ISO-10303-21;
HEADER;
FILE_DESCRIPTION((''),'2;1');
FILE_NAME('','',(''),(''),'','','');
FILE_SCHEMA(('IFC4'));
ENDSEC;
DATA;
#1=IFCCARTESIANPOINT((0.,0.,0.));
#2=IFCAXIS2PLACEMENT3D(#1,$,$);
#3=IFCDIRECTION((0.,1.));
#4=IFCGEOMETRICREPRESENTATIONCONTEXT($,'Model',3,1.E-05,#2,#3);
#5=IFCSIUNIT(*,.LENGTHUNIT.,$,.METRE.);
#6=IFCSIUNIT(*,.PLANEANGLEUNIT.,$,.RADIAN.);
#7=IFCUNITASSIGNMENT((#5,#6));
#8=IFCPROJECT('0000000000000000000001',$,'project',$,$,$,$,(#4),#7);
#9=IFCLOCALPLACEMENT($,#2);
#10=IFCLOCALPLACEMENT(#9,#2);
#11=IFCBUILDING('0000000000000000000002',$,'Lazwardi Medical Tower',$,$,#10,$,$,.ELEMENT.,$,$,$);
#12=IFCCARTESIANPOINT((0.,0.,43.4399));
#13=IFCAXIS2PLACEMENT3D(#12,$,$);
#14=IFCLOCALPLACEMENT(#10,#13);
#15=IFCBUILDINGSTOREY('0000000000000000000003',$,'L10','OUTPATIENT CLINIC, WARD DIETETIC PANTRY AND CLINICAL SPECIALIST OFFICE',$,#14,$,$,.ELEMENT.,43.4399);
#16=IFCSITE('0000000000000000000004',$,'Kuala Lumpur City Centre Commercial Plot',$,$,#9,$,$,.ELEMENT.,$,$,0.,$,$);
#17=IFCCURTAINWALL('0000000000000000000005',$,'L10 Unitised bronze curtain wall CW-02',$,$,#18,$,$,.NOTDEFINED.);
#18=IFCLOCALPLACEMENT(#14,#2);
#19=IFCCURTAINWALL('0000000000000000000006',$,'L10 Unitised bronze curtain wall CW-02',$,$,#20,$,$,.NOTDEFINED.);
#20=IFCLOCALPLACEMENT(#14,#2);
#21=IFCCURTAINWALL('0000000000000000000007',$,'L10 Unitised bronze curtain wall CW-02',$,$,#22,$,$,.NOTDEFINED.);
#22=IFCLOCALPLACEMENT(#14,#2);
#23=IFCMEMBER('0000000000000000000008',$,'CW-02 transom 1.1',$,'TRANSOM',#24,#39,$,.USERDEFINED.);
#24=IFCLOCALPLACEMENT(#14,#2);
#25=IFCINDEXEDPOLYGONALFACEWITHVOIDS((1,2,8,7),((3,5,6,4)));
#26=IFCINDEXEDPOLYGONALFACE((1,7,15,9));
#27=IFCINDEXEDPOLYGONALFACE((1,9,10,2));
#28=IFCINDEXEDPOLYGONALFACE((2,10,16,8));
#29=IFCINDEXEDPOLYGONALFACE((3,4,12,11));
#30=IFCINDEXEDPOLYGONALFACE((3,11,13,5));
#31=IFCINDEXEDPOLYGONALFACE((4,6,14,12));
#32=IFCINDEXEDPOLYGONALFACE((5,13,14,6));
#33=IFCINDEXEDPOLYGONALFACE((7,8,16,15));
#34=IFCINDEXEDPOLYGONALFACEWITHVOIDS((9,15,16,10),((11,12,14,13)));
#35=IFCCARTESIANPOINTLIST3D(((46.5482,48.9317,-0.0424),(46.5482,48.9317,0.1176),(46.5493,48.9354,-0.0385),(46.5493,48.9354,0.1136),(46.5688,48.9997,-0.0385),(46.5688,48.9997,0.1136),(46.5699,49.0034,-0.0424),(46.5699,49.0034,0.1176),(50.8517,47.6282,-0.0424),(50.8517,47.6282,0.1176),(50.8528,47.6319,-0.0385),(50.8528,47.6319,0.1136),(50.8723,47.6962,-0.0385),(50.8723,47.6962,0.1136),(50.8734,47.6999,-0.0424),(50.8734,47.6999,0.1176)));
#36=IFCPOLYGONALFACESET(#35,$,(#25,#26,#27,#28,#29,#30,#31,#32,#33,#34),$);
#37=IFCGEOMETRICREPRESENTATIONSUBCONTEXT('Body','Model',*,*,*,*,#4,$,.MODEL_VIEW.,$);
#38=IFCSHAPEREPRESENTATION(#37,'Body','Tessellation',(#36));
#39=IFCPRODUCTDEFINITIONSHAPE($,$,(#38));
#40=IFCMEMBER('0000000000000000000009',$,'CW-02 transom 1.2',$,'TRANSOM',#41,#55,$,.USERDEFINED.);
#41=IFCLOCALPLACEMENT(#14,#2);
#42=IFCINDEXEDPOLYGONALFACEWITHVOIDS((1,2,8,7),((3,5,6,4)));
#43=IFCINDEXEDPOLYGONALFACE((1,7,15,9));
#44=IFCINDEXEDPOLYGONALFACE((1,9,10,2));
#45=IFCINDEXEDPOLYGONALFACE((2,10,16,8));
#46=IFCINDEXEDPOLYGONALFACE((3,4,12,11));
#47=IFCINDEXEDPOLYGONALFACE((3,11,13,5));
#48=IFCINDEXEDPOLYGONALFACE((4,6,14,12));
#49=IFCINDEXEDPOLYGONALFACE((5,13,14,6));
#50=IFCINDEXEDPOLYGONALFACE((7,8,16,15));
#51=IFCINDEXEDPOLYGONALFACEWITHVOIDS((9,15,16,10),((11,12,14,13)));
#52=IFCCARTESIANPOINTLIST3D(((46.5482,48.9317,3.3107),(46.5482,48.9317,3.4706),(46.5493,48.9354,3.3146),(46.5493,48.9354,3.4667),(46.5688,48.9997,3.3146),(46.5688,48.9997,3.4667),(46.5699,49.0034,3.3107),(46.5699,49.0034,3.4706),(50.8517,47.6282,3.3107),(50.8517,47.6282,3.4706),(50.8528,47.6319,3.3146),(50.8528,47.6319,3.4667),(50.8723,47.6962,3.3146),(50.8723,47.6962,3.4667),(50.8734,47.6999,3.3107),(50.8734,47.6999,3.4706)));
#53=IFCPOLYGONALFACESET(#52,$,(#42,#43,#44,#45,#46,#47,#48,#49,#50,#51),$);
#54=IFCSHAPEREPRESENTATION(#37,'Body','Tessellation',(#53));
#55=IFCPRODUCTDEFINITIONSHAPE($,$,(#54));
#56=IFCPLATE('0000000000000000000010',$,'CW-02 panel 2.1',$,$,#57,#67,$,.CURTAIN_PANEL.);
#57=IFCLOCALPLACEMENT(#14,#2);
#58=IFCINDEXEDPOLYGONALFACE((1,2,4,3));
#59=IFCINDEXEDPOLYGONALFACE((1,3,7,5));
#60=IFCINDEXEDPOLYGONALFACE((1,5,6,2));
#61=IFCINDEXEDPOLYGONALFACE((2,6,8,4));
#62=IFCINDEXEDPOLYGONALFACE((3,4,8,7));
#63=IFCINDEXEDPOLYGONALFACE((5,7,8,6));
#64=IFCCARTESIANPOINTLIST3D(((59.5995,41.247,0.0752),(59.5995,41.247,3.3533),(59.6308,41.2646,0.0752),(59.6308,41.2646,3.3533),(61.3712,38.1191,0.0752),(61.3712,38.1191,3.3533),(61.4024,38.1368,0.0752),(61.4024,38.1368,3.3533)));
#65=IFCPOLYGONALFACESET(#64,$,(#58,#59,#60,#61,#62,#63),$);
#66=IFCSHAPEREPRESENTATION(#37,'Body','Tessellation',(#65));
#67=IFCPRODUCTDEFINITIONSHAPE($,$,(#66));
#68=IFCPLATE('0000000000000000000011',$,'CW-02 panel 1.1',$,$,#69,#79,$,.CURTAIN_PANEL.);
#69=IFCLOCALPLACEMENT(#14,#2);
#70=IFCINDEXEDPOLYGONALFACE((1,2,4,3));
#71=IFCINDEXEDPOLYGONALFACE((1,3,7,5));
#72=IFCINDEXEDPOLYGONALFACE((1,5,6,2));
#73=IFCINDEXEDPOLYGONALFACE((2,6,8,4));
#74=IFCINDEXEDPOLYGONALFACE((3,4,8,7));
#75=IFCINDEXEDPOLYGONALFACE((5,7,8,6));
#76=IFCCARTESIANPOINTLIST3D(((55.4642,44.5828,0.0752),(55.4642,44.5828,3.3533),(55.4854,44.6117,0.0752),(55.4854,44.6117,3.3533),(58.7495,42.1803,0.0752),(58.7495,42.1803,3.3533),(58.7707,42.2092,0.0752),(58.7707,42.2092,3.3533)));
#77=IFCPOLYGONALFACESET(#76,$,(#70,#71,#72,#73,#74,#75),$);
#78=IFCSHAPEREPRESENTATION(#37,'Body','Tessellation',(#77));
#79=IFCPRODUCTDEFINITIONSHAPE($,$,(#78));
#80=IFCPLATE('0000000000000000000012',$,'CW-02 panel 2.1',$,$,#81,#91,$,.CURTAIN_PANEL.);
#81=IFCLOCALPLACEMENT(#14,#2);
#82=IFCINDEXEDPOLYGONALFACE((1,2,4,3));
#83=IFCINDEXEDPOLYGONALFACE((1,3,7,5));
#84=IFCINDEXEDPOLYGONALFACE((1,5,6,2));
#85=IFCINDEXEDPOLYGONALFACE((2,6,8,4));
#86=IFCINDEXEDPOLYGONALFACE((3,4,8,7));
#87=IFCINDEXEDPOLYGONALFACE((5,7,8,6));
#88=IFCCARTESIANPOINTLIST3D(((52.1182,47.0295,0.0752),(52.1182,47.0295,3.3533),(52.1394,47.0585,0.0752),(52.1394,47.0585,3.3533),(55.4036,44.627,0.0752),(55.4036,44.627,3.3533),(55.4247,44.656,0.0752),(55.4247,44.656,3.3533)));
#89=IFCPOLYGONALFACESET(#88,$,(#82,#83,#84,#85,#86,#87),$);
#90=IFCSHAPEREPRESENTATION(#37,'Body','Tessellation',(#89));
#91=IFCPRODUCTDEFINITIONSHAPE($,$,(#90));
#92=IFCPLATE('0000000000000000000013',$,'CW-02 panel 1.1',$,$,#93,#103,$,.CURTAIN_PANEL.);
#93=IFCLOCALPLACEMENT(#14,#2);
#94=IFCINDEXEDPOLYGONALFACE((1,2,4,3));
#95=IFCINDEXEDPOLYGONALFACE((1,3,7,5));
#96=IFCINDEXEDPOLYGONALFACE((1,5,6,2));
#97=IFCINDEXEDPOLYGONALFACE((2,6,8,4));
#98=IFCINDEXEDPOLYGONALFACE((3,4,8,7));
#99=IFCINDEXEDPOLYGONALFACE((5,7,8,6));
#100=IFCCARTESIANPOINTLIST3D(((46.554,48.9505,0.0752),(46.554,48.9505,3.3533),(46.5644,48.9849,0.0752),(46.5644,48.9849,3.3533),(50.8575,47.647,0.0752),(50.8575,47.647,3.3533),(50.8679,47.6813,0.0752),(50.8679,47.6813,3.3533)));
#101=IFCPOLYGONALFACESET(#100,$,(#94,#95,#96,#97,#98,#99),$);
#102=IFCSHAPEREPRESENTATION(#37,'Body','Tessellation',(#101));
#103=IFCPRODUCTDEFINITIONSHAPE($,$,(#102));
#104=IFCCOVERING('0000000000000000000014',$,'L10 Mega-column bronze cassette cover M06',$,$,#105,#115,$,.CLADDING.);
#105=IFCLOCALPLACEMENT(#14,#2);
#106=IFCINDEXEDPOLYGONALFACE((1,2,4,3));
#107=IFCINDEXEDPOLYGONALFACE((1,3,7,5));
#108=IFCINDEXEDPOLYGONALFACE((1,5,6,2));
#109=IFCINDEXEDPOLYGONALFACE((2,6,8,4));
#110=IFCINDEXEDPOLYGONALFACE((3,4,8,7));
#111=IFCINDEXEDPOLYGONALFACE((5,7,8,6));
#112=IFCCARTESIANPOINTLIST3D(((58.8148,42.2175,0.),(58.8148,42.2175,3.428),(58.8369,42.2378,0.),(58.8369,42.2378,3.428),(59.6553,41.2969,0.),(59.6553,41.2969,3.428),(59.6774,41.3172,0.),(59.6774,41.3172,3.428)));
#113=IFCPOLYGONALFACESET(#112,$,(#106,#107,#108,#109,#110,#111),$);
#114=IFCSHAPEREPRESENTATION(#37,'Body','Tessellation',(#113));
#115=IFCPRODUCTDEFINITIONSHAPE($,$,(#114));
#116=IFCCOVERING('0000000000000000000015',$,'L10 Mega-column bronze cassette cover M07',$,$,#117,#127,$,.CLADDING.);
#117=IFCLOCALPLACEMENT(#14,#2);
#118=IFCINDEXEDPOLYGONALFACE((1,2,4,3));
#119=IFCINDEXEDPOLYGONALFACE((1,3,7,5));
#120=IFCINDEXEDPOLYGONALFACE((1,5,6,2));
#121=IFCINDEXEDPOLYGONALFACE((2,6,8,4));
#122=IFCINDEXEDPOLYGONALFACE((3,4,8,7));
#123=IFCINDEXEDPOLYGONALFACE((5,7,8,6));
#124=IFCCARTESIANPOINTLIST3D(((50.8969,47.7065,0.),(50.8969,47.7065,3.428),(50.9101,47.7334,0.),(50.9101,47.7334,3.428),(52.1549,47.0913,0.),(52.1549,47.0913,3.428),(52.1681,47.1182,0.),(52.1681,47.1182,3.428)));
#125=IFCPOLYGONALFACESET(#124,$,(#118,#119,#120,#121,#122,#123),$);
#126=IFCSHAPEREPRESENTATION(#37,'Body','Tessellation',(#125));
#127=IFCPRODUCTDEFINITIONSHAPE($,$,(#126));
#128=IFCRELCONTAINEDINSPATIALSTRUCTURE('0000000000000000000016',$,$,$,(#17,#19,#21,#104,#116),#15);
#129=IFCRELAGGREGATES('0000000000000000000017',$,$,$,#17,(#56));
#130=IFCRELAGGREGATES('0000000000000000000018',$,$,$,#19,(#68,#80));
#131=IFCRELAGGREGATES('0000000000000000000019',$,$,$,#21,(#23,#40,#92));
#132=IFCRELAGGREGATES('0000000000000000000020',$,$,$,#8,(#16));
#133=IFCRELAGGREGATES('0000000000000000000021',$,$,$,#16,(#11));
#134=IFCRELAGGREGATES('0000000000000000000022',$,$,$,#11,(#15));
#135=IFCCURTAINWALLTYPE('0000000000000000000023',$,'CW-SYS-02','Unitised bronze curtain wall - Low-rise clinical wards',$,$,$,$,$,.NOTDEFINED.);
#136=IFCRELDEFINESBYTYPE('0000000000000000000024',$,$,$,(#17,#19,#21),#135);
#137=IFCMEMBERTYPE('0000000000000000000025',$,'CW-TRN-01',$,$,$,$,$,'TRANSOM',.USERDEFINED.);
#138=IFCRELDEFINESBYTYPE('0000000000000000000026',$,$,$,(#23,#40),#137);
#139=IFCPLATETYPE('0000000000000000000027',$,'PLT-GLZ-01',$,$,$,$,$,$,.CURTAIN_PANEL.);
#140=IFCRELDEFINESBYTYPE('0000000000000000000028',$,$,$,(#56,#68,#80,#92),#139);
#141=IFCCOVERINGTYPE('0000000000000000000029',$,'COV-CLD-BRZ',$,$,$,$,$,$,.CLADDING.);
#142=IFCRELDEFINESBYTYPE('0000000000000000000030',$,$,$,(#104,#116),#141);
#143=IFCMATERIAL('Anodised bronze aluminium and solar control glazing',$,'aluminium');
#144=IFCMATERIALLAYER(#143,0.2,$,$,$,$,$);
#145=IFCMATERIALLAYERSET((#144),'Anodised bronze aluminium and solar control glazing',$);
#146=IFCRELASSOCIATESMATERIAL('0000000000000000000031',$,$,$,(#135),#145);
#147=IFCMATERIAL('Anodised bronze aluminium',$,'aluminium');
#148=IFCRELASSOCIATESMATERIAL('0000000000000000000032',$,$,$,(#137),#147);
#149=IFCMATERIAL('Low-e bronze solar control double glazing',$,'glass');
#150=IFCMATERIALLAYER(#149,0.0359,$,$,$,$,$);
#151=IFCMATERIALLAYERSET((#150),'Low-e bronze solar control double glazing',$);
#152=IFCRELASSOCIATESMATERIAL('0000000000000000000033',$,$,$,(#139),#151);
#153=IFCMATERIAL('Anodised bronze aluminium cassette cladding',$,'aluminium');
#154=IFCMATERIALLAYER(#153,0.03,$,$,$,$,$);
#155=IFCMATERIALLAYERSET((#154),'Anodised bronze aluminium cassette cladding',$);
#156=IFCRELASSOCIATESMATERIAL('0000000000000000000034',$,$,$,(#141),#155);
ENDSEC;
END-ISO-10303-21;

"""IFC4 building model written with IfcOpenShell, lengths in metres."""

from ifc_helpers import new_model, si_unit, direction, frame, origin, origin_2d, place, context, subcontext, project, spatial, rectangle, hollow_rectangle, extrude, material, layer, layer_set, material_profile, profile_set, type_object, element, aggregate, save


model = new_model("IFC4")

# Units and contexts
model_context = context("Model", 3, precision=1e-05, world=origin(), true_north=direction((0.0, 1.0)))
body_context = subcontext(model_context, "Body", "Model", "MODEL_VIEW")
ifc_project = project(units=[si_unit("LENGTHUNIT", "METRE"), si_unit("PLANEANGLEUNIT", "RADIAN")], contexts=[model_context])

# Site, building, storey
site_placement = place(None, origin())
site = spatial("IfcSite", under=ifc_project, at=site_placement, Name="Kuala Lumpur City Centre Commercial Plot", CompositionType="ELEMENT", RefElevation=0.0)
building_placement = place(site_placement, origin())
building = spatial("IfcBuilding", under=site, at=building_placement, Name="Lazwardi Medical Tower", CompositionType="ELEMENT")
storey_placement = place(building_placement, frame((0.0, 0.0, 43.4399)))
storey = spatial("IfcBuildingStorey", under=building, at=storey_placement, Name="L10", Description="OUTPATIENT CLINIC, WARD DIETETIC PANTRY AND CLINICAL SPECIALIST OFFICE", CompositionType="ELEMENT", Elevation=43.4399)

# Curtain wall
ifc_material_1 = material(Name="Anodised bronze aluminium and solar control glazing", Category="aluminium")
ifc_layer_1 = layer(ifc_material_1, 0.2)
ifc_layer_set_1 = layer_set([ifc_layer_1], Name="Anodised bronze aluminium and solar control glazing")
curtain_wall_type = type_object("IfcCurtainWallType", Name="CW-SYS-02", Description="Unitised bronze curtain wall - Low-rise clinical wards", PredefinedType="NOTDEFINED", material=ifc_layer_set_1)
curtain_wall_1_placement = place(storey_placement, origin())
curtain_wall_1 = element("IfcCurtainWall", 1, at=curtain_wall_1_placement, inside=storey, type_object=curtain_wall_type, Name="L10 Unitised bronze curtain wall CW-02", PredefinedType="NOTDEFINED")
ifc_material_2 = material(Name="Anodised bronze aluminium", Category="aluminium")

# Curtain wall
curtain_wall_2_placement = place(storey_placement, origin())
curtain_wall_2 = element("IfcCurtainWall", 2, at=curtain_wall_2_placement, inside=storey, type_object=curtain_wall_type, Name="L10 Unitised bronze curtain wall CW-02", PredefinedType="NOTDEFINED")

# Curtain wall
curtain_wall_3_placement = place(storey_placement, origin())
curtain_wall_3 = element("IfcCurtainWall", 3, at=curtain_wall_3_placement, inside=storey, type_object=curtain_wall_type, Name="L10 Unitised bronze curtain wall CW-02", PredefinedType="NOTDEFINED")

# Members
ifc_material_profile_1 = material_profile(ifc_material_2, hollow_rectangle(XDim=0.075, YDim=0.1599, WallThickness=0.0039, at=origin_2d()), Name="ALU-TRANSOM 160x75x4")
ifc_profile_set_1 = profile_set([ifc_material_profile_1], Name="Anodised bronze aluminium")
member_type_1 = type_object("IfcMemberType", Name="CW-TRN-01", ElementType="TRANSOM", PredefinedType="USERDEFINED", material=ifc_profile_set_1)
member_1_placement = place(storey_placement, frame((50.8625, 47.6641, 0.0376), z_axis=(-0.957062, 0.289882, 0.0), x_axis=(-0.289882, -0.957062, 0.0)))
member_1 = element("IfcMember", 4, at=member_1_placement, type_object=member_type_1, Name="CW-02 transom 1.1", ObjectType="TRANSOM", PredefinedType="USERDEFINED", context=body_context, shape_type="SweptSolid", body=[
    extrude(hollow_rectangle(XDim=0.075, YDim=0.1599, WallThickness=0.0039, at=origin_2d()), origin(), (0.0, 0.0, 1.0), 4.4966),
])
member_2_placement = place(storey_placement, frame((50.8625, 47.6641, 3.3906), z_axis=(-0.957062, 0.289882, 0.0), x_axis=(-0.289882, -0.957062, 0.0)))
member_2 = element("IfcMember", 5, at=member_2_placement, type_object=member_type_1, Name="CW-02 transom 1.2", ObjectType="TRANSOM", PredefinedType="USERDEFINED", context=body_context, shape_type="SweptSolid", body=[
    extrude(hollow_rectangle(XDim=0.075, YDim=0.1599, WallThickness=0.0039, at=origin_2d()), origin(), (0.0, 0.0, 1.0), 4.4966),
])

# Plates
ifc_material_3 = material(Name="Low-e bronze solar control double glazing", Category="glass")
ifc_layer_2 = layer(ifc_material_3, 0.0359)
ifc_layer_set_2 = layer_set([ifc_layer_2], Name="Low-e bronze solar control double glazing")
plate_type = type_object("IfcPlateType", Name="PLT-GLZ-01", PredefinedType="CURTAIN_PANEL", material=ifc_layer_set_2)
plate_1_placement = place(storey_placement, frame((60.501, 39.6919, 0.0752), z_axis=(0.0, 0.0, 1.0), x_axis=(-0.492854, 0.870112, 0.0)))
plate_1 = element("IfcPlate", 6, at=plate_1_placement, type_object=plate_type, Name="CW-02 panel 2.1", PredefinedType="CURTAIN_PANEL", context=body_context, shape_type="SweptSolid", body=[
    extrude(rectangle(XDim=3.5947, YDim=0.0359, at=origin_2d()), origin(), (0.0, 0.0, 1.0), 3.2781),
])
aggregate(curtain_wall_1, [plate_1])
plate_2_placement = place(storey_placement, frame((57.1174, 43.396, 0.0752), z_axis=(0.0, 0.0, 1.0), x_axis=(-0.807192, 0.590289, 0.0)))
plate_2 = element("IfcPlate", 7, at=plate_2_placement, type_object=plate_type, Name="CW-02 panel 1.1", PredefinedType="CURTAIN_PANEL", context=body_context, shape_type="SweptSolid", body=[
    extrude(rectangle(XDim=4.0701, YDim=0.0359, at=origin_2d()), origin(), (0.0, 0.0, 1.0), 3.2781),
])
plate_3_placement = place(storey_placement, frame((53.7715, 45.8428, 0.0752), z_axis=(0.0, 0.0, 1.0), x_axis=(-0.807192, 0.590289, 0.0)))
plate_3 = element("IfcPlate", 8, at=plate_3_placement, type_object=plate_type, Name="CW-02 panel 2.1", PredefinedType="CURTAIN_PANEL", context=body_context, shape_type="SweptSolid", body=[
    extrude(rectangle(XDim=4.0701, YDim=0.0359, at=origin_2d()), origin(), (0.0, 0.0, 1.0), 3.2781),
])
aggregate(curtain_wall_2, [plate_2, plate_3])
plate_4_placement = place(storey_placement, frame((48.7109, 48.3159, 0.0752), z_axis=(0.0, 0.0, 1.0), x_axis=(-0.957058, 0.289896, 0.0)))
plate_4 = element("IfcPlate", 9, at=plate_4_placement, type_object=plate_type, Name="CW-02 panel 1.1", PredefinedType="CURTAIN_PANEL", context=body_context, shape_type="SweptSolid", body=[
    extrude(rectangle(XDim=4.4966, YDim=0.0359, at=origin_2d()), origin(), (0.0, 0.0, 1.0), 3.2781),
])
aggregate(curtain_wall_3, [member_1, member_2, plate_4])

# Coverings
ifc_material_4 = material(Name="Anodised bronze aluminium cassette cladding", Category="aluminium")
ifc_layer_3 = layer(ifc_material_4, 0.03)
ifc_layer_set_3 = layer_set([ifc_layer_3], Name="Anodised bronze aluminium cassette cladding")
covering_type = type_object("IfcCoveringType", Name="COV-CLD-BRZ", PredefinedType="CLADDING", material=ifc_layer_set_3)
covering_1_placement = place(storey_placement, frame((59.2461, 41.7673, 0.0), z_axis=(0.0, 0.0, 1.0), x_axis=(-0.674252, 0.738501, 0.0)))
element("IfcCovering", 10, at=covering_1_placement, inside=storey, type_object=covering_type, Name="L10 Mega-column bronze cassette cover M06", PredefinedType="CLADDING", context=body_context, shape_type="SweptSolid", body=[
    extrude(rectangle(XDim=1.2466, YDim=0.03, at=origin_2d()), origin(), (0.0, 0.0, 1.0), 3.428),
])
covering_2_placement = place(storey_placement, frame((51.5325, 47.4124, 0.0), z_axis=(0.0, 0.0, 1.0), x_axis=(-0.898334, 0.439312, 0.0)))
element("IfcCovering", 11, at=covering_2_placement, inside=storey, type_object=covering_type, Name="L10 Mega-column bronze cassette cover M07", PredefinedType="CLADDING", context=body_context, shape_type="SweptSolid", body=[
    extrude(rectangle(XDim=1.4004, YDim=0.03, at=origin_2d()), origin(), (0.0, 0.0, 1.0), 3.428),
])

save(model, "model.ifc")
